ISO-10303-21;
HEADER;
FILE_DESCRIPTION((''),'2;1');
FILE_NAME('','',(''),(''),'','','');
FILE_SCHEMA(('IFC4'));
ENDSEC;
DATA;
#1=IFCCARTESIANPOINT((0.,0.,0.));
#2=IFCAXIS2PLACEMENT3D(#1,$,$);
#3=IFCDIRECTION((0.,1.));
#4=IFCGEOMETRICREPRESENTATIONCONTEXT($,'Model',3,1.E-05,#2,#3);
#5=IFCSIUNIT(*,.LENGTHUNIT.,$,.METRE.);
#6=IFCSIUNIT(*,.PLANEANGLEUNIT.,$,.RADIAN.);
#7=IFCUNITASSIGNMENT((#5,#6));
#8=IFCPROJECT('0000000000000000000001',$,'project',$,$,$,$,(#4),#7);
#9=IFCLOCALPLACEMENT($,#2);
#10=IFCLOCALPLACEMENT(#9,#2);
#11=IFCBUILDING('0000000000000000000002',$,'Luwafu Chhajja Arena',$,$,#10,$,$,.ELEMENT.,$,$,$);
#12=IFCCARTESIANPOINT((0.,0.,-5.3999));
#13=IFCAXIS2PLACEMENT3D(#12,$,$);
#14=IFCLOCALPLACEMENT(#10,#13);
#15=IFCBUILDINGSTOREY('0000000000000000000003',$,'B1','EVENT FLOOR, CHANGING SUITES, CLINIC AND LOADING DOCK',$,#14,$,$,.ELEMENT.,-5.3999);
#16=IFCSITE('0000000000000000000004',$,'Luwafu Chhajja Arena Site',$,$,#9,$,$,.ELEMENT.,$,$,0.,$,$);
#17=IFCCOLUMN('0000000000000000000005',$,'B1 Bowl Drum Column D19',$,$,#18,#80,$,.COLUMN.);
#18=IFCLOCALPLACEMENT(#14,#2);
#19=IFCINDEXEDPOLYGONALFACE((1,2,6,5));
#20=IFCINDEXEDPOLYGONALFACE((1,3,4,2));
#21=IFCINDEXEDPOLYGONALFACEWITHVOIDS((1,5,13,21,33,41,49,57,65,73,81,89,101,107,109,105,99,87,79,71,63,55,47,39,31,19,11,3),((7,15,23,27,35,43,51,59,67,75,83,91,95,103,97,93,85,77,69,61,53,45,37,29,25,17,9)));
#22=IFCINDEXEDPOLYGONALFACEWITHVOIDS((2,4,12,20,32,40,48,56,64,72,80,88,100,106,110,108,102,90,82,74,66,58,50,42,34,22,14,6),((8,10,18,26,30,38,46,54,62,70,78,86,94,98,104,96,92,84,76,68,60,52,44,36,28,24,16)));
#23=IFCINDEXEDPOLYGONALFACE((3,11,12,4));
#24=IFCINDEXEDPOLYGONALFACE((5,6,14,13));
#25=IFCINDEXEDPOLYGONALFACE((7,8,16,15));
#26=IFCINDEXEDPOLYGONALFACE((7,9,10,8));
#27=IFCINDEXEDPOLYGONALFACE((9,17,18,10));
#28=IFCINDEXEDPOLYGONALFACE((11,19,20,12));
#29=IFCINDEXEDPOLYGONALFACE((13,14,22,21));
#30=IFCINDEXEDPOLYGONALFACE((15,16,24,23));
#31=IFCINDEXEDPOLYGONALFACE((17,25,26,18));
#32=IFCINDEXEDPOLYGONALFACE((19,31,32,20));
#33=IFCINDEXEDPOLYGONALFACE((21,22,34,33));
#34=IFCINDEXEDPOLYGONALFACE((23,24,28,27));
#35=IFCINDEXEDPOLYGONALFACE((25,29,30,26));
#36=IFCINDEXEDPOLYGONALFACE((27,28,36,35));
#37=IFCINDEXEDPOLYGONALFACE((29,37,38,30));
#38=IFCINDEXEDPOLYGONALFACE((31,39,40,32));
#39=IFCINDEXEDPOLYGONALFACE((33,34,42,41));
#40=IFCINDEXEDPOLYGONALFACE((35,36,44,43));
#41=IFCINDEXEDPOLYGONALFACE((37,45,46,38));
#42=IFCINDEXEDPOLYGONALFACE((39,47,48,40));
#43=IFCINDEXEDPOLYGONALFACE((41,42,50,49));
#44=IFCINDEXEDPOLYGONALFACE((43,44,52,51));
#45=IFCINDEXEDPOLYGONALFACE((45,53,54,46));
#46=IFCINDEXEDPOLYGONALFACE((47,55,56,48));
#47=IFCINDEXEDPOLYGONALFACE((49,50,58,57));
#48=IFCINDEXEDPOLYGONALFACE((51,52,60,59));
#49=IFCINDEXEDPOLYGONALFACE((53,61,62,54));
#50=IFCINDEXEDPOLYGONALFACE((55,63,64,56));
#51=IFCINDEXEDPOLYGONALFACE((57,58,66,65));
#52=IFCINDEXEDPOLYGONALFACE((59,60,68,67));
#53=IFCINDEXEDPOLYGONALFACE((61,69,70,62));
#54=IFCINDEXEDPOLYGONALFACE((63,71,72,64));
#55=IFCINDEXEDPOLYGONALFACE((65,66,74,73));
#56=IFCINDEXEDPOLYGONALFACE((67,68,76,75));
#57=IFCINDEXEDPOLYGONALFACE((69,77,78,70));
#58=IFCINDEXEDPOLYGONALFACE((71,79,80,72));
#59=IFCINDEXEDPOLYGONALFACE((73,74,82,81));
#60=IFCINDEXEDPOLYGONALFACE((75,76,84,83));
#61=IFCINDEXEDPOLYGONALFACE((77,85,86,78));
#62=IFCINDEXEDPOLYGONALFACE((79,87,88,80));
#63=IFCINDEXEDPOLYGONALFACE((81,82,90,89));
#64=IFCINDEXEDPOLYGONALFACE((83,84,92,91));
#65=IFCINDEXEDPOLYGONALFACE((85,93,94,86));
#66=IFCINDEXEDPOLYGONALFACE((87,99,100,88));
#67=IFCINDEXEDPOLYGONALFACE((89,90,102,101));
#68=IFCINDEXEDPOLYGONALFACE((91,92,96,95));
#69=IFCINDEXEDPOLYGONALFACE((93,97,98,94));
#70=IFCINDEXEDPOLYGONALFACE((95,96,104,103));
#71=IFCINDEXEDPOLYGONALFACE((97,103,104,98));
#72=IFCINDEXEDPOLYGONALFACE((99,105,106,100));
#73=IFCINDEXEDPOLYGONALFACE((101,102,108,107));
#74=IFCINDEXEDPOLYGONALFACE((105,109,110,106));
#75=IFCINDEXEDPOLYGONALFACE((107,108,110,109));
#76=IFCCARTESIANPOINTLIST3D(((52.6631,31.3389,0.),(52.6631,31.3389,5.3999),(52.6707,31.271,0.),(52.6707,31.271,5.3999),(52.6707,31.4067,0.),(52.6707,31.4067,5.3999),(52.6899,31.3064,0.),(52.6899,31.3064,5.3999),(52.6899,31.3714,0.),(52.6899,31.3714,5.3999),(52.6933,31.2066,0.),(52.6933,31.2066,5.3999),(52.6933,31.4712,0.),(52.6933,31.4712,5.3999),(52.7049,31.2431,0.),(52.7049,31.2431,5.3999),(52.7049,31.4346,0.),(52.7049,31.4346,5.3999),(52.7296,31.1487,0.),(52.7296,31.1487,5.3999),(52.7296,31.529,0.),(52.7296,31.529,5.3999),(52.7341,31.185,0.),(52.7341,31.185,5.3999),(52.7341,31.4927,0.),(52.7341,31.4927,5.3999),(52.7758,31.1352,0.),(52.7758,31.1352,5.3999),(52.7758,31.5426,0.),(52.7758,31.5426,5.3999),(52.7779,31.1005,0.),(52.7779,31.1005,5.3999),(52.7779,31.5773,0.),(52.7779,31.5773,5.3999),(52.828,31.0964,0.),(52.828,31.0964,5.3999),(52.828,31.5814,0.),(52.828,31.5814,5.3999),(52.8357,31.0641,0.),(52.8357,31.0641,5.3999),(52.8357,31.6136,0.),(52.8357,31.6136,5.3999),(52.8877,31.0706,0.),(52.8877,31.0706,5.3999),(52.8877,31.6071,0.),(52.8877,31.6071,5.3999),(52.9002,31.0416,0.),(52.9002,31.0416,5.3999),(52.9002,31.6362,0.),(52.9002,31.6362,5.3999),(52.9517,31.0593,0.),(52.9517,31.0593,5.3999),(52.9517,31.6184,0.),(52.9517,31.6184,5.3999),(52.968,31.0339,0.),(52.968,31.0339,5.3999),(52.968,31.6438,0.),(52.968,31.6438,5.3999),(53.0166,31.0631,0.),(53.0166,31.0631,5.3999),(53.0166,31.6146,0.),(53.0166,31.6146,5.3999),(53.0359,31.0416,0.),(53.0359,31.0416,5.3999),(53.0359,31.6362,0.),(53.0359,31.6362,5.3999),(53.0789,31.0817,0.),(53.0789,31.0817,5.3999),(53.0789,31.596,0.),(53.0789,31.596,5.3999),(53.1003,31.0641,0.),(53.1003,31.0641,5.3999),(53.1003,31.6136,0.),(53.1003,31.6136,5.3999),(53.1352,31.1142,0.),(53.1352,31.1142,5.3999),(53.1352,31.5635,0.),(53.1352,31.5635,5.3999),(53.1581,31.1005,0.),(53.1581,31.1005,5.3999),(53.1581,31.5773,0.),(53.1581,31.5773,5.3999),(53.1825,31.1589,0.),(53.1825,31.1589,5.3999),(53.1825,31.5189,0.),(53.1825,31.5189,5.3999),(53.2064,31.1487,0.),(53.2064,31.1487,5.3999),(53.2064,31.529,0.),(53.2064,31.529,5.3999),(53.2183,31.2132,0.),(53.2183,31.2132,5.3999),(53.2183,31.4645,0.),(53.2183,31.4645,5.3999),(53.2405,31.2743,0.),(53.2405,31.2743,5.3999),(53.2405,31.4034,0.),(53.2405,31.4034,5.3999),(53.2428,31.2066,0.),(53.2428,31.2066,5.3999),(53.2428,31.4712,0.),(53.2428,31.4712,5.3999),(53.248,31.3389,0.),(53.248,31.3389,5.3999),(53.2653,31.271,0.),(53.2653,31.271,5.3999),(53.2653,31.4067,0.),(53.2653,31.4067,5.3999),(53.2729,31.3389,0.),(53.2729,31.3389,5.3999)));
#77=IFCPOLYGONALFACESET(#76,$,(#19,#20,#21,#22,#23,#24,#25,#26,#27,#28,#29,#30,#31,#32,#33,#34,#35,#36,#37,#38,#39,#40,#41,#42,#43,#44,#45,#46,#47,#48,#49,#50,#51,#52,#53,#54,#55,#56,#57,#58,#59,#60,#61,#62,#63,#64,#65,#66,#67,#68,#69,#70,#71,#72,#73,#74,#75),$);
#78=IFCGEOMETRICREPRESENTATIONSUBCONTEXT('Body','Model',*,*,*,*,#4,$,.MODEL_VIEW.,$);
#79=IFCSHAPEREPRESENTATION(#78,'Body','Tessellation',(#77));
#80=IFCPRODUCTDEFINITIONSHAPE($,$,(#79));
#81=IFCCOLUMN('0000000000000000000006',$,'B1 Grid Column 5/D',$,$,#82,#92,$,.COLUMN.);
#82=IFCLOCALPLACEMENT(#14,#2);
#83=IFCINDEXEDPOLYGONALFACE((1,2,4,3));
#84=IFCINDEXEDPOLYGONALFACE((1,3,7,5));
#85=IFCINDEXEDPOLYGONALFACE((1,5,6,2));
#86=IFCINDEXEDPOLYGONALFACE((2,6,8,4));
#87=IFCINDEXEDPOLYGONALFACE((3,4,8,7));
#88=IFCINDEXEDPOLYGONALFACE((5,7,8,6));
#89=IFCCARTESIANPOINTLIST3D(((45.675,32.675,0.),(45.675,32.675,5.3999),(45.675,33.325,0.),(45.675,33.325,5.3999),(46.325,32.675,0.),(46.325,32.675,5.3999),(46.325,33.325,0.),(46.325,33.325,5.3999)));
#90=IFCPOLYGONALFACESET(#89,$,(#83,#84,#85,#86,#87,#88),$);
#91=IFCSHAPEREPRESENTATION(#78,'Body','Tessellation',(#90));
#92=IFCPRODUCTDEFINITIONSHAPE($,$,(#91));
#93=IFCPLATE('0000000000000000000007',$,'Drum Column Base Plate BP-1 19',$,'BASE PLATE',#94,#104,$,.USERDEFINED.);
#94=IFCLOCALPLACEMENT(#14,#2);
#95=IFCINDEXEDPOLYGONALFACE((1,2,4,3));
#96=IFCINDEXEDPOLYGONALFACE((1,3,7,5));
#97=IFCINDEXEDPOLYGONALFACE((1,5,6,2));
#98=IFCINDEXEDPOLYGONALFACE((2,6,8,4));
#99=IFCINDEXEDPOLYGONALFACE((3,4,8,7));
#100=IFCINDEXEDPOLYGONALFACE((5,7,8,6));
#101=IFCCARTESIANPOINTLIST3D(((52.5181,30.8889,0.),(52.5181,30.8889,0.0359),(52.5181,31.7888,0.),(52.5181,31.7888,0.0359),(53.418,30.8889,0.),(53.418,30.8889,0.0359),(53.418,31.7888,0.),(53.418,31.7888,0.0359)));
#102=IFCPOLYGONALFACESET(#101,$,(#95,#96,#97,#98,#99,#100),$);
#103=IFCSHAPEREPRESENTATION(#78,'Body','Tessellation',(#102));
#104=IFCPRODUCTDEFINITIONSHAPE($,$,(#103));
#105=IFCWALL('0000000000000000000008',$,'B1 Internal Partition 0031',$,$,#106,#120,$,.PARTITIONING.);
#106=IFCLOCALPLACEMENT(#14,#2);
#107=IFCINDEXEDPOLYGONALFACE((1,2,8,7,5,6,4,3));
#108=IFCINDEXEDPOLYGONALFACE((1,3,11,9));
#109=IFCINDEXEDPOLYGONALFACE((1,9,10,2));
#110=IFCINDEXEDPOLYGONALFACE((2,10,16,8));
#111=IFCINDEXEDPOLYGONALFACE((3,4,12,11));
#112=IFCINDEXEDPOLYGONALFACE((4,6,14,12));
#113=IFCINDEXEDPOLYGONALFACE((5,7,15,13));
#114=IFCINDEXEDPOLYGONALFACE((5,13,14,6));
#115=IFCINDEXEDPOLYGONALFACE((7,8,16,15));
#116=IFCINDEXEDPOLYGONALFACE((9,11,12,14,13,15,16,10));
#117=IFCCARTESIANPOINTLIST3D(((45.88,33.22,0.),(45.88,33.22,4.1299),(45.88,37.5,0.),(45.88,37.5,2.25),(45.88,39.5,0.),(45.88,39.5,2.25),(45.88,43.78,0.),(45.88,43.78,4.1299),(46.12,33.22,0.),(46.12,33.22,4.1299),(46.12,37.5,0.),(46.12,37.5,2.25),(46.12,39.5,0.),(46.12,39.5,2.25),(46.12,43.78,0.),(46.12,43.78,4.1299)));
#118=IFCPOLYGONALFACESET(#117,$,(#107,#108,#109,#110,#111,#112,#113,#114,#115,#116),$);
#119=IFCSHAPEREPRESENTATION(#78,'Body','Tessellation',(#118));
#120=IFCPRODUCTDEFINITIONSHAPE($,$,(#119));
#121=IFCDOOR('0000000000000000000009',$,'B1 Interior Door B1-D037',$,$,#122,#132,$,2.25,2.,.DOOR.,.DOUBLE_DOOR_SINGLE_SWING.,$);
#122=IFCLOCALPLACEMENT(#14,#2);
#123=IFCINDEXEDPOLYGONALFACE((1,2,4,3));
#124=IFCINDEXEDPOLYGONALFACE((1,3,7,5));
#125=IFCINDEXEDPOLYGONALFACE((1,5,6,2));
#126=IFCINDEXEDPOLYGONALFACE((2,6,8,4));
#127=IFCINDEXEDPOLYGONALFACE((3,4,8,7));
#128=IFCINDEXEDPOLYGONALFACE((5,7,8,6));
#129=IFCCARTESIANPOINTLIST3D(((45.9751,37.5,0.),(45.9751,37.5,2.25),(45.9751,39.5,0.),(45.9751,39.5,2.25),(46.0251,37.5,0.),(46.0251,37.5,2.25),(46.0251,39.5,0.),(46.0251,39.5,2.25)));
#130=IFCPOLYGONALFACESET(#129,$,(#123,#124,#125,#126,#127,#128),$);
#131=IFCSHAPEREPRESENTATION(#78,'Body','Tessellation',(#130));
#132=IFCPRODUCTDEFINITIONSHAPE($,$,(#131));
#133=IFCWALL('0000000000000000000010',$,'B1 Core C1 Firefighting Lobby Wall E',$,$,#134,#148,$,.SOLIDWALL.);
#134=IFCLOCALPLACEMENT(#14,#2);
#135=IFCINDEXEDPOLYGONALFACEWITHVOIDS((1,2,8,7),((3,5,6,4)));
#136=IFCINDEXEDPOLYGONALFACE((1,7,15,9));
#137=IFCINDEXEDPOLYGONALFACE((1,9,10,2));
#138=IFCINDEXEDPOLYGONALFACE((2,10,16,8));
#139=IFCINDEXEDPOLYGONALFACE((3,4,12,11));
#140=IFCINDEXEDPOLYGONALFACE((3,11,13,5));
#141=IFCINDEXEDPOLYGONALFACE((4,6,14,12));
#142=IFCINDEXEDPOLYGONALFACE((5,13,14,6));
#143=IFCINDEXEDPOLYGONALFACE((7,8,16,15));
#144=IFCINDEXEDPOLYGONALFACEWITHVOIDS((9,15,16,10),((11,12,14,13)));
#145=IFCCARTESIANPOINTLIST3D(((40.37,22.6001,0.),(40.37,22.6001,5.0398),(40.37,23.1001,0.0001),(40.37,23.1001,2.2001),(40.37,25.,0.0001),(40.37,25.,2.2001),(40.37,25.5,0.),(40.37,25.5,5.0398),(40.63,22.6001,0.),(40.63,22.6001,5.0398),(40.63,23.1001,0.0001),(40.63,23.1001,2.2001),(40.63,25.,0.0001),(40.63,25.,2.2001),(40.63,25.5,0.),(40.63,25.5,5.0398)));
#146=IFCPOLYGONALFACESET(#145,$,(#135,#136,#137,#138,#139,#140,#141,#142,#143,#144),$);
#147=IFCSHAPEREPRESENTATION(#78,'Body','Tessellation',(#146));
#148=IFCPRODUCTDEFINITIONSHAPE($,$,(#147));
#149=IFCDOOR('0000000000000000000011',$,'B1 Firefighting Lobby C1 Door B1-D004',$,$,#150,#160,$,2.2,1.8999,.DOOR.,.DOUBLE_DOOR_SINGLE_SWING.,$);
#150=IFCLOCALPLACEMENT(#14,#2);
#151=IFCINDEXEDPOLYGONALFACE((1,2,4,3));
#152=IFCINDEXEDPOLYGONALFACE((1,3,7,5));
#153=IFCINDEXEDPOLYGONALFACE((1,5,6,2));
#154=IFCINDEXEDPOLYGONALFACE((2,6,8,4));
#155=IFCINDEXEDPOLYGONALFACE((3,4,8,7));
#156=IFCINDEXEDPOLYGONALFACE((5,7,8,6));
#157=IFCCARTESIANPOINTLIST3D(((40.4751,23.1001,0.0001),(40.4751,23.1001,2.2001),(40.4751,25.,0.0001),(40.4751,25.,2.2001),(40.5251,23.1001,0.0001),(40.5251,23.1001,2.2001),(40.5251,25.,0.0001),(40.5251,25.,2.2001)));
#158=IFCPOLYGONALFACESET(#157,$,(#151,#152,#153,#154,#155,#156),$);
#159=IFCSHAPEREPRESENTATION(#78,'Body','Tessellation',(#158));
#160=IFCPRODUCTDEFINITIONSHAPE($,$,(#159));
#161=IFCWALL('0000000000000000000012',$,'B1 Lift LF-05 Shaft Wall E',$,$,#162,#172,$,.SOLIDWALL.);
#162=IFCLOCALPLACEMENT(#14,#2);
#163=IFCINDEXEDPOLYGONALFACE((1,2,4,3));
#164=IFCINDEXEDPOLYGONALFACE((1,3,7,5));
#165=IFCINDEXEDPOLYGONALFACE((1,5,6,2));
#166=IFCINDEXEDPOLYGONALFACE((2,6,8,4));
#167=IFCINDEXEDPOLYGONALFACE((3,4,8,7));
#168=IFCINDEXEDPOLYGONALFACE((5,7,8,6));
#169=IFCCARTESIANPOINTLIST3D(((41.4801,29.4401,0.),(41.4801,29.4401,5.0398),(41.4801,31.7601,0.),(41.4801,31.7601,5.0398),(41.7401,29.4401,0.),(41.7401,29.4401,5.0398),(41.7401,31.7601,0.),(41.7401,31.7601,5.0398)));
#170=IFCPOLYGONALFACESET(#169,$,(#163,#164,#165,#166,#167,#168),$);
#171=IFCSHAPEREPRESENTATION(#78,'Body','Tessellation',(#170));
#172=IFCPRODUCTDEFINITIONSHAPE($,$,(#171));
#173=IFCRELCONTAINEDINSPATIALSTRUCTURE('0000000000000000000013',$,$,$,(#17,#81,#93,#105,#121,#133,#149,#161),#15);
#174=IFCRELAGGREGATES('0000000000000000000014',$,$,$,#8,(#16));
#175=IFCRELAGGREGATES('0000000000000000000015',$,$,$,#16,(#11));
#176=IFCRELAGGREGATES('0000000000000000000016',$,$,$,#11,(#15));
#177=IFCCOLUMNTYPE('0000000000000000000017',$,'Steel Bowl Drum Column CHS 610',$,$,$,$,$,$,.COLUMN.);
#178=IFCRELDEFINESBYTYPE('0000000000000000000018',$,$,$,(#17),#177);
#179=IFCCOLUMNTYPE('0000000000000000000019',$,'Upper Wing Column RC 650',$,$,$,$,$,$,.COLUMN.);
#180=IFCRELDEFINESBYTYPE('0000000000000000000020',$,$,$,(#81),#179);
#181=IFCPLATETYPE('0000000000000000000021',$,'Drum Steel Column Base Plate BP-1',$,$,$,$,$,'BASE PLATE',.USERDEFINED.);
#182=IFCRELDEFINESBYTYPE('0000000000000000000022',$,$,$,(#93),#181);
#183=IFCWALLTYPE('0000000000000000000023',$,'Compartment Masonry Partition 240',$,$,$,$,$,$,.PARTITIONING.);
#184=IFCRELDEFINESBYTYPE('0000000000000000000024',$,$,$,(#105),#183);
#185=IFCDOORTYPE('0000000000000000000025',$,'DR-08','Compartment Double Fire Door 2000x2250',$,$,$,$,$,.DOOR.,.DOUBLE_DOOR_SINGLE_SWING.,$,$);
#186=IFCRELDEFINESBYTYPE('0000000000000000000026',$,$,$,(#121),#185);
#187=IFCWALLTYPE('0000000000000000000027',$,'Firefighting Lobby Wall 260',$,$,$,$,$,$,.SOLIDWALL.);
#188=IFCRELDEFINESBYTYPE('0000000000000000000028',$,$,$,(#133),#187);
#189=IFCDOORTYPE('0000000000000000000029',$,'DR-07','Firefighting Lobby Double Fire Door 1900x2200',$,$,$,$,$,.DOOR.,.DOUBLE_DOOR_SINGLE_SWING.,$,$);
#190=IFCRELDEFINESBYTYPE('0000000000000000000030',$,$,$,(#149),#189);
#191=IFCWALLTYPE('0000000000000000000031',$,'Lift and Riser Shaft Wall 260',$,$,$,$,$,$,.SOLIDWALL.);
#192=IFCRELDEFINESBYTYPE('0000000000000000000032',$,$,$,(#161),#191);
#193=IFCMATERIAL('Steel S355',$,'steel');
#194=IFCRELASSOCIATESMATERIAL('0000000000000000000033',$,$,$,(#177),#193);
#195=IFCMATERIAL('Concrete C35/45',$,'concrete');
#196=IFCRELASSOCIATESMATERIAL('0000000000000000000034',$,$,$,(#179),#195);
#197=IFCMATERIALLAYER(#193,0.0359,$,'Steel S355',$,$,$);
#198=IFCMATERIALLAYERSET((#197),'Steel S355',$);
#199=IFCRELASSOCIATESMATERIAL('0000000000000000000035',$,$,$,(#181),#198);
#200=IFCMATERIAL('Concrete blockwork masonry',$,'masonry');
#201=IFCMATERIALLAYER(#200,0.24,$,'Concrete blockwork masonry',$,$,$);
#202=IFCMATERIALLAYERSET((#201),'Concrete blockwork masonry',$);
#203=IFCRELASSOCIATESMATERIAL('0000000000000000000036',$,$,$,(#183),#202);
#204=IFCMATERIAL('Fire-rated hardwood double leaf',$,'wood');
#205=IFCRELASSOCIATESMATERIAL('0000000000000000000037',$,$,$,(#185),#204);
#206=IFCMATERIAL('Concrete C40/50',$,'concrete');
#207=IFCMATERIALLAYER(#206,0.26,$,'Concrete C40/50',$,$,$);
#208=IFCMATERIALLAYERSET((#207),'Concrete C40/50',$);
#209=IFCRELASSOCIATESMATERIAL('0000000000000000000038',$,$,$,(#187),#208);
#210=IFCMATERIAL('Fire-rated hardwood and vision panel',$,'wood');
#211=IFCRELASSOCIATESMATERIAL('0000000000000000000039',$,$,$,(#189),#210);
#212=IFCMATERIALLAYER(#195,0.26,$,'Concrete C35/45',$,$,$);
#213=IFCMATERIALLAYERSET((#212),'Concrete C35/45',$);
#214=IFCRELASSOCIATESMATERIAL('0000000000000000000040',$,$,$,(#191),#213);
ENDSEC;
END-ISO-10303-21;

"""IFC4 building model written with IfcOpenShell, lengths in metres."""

from ifc_helpers import new_model, si_unit, direction, frame, frame_2d, origin, origin_2d, place, context, subcontext, project, spatial, rectangle, hollow_circle, extrude, material, layer, layer_set, material_profile, profile_set, type_object, element, fill, save


model = new_model("IFC4")

# Units and contexts
model_context = context("Model", 3, precision=1e-05, world=origin(), true_north=direction((0.0, 1.0)))
body_context = subcontext(model_context, "Body", "Model", "MODEL_VIEW")
ifc_project = project(units=[si_unit("LENGTHUNIT", "METRE"), si_unit("PLANEANGLEUNIT", "RADIAN")], contexts=[model_context])

# Site, building, storey
site_placement = place(None, origin())
site = spatial("IfcSite", under=ifc_project, at=site_placement, Name="Luwafu Chhajja Arena Site", CompositionType="ELEMENT", RefElevation=0.0)
building_placement = place(site_placement, origin())
building = spatial("IfcBuilding", under=site, at=building_placement, Name="Luwafu Chhajja Arena", CompositionType="ELEMENT")
storey_placement = place(building_placement, frame((0.0, 0.0, -5.3999)))
storey = spatial("IfcBuildingStorey", under=building, at=storey_placement, Name="B1", Description="EVENT FLOOR, CHANGING SUITES, CLINIC AND LOADING DOCK", CompositionType="ELEMENT", Elevation=-5.3999)

# Shared definitions
ifc_material_1 = material(Name="Concrete C35/45", Category="concrete")

# Columns
ifc_material_2 = material(Name="Steel S355", Category="steel")
ifc_material_profile_1 = material_profile(ifc_material_2, hollow_circle(Radius=0.3049, WallThickness=0.0249, at=origin_2d()), Name="CHS 610x25")
ifc_profile_set_1 = profile_set([ifc_material_profile_1], Name="Steel S355")
column_type_1 = type_object("IfcColumnType", Name="Steel Bowl Drum Column CHS 610", PredefinedType="COLUMN", material=ifc_profile_set_1)
column_1_placement = place(storey_placement, frame((52.968, 31.3389, 0.0), z_axis=(0.0, 0.0, 1.0), x_axis=(1.0, 0.0, 0.0)))
element("IfcColumn", 1, at=column_1_placement, inside=storey, type_object=column_type_1, Name="B1 Bowl Drum Column D19", PredefinedType="COLUMN", context=body_context, shape_type="SweptSolid", body=[
    extrude(hollow_circle(Radius=0.3049, WallThickness=0.0249, at=origin_2d()), origin(), (0.0, 0.0, 1.0), 5.3999),
])
ifc_material_profile_2 = material_profile(ifc_material_1, rectangle(XDim=0.6499, YDim=0.6499, at=origin_2d()), Name="RC 650x650")
ifc_profile_set_2 = profile_set([ifc_material_profile_2], Name="Concrete C35/45")
column_type_2 = type_object("IfcColumnType", Name="Upper Wing Column RC 650", PredefinedType="COLUMN", material=ifc_profile_set_2)
column_2_placement = place(storey_placement, frame((46.0, 33.0, 0.0), z_axis=(0.0, 0.0, 1.0), x_axis=(1.0, 0.0, 0.0)))
element("IfcColumn", 2, at=column_2_placement, inside=storey, type_object=column_type_2, Name="B1 Grid Column 5/D", PredefinedType="COLUMN", context=body_context, shape_type="SweptSolid", body=[
    extrude(rectangle(XDim=0.6499, YDim=0.6499, at=origin_2d()), origin(), (0.0, 0.0, 1.0), 5.3999),
])

# Plate
ifc_layer_1 = layer(ifc_material_2, 0.0359, Name="Steel S355")
ifc_layer_set_1 = layer_set([ifc_layer_1], Name="Steel S355")
plate_type = type_object("IfcPlateType", Name="Drum Steel Column Base Plate BP-1", ElementType="BASE PLATE", PredefinedType="USERDEFINED", material=ifc_layer_set_1)
plate_placement = place(storey_placement, frame((52.968, 31.3389, 0.0), z_axis=(0.0, 0.0, 1.0), x_axis=(1.0, 0.0, 0.0)))
element("IfcPlate", 3, at=plate_placement, inside=storey, type_object=plate_type, Name="Drum Column Base Plate BP-1 19", ObjectType="BASE PLATE", PredefinedType="USERDEFINED", context=body_context, shape_type="SweptSolid", body=[
    extrude(rectangle(XDim=0.8999, YDim=0.8999, at=origin_2d()), origin(), (0.0, 0.0, 1.0), 0.0359),
])

# Walls, openings, doors
ifc_material_3 = material(Name="Concrete blockwork masonry", Category="masonry")
ifc_layer_2 = layer(ifc_material_3, 0.24, Name="Concrete blockwork masonry")
ifc_layer_set_2 = layer_set([ifc_layer_2], Name="Concrete blockwork masonry")
wall_type_1 = type_object("IfcWallType", Name="Compartment Masonry Partition 240", PredefinedType="PARTITIONING", material=ifc_layer_set_2)
wall_1_placement = place(storey_placement, frame((46.0, 33.22, 0.0), z_axis=(0.0, 0.0, 1.0), x_axis=(0.0, 1.0, 0.0)))
wall_1 = element("IfcWall", 4, at=wall_1_placement, inside=storey, type_object=wall_type_1, Name="B1 Internal Partition 0031", PredefinedType="PARTITIONING", context=body_context, shape_type="SweptSolid", body=[
    extrude(rectangle(XDim=10.5601, YDim=0.24, at=frame_2d((5.28, 0.0))), origin(), (0.0, 0.0, 1.0), 4.1299),
])
opening_1_placement = place(wall_1_placement, frame((4.28, 0.0, 0.0)))
opening_1 = element("IfcOpeningElement", 5, at=opening_1_placement, cuts=wall_1, PredefinedType="OPENING", context=body_context, shape_type="SweptSolid", body=[
    extrude(rectangle(XDim=2.0, YDim=2.25, at=frame_2d((1.0, 1.125))), frame((0.0, 0.1299, 0.0), z_axis=(0.0, -1.0, 0.0), x_axis=(1.0, 0.0, 0.0)), (0.0, 0.0, 1.0), 0.26),
])
ifc_material_4 = material(Name="Fire-rated hardwood double leaf", Category="wood")
door_type_1 = type_object("IfcDoorType", Name="DR-08", Description="Compartment Double Fire Door 2000x2250", OperationType="DOUBLE_DOOR_SINGLE_SWING", PredefinedType="DOOR", material=ifc_material_4)
door_1_placement = place(opening_1_placement, origin())
door_1 = element("IfcDoor", 6, at=door_1_placement, inside=storey, type_object=door_type_1, Name="B1 Interior Door B1-D037", OperationType="DOUBLE_DOOR_SINGLE_SWING", OverallHeight=2.25, OverallWidth=2.0, PredefinedType="DOOR", context=body_context, shape_type="SweptSolid", body=[
    extrude(rectangle(XDim=2.0, YDim=2.25, at=frame_2d((1.0, 1.125))), frame((0.0, 0.0249, 0.0), z_axis=(0.0, -1.0, 0.0), x_axis=(1.0, 0.0, 0.0)), (0.0, 0.0, 1.0), 0.05),
])
fill(opening_1, door_1)
ifc_material_5 = material(Name="Concrete C40/50", Category="concrete")
ifc_layer_3 = layer(ifc_material_5, 0.26, Name="Concrete C40/50")
ifc_layer_set_3 = layer_set([ifc_layer_3], Name="Concrete C40/50")
wall_type_2 = type_object("IfcWallType", Name="Firefighting Lobby Wall 260", PredefinedType="SOLIDWALL", material=ifc_layer_set_3)
wall_2_placement = place(storey_placement, frame((40.5, 22.6001, 0.0), z_axis=(0.0, 0.0, 1.0), x_axis=(0.0, 1.0, 0.0)))
wall_2 = element("IfcWall", 7, at=wall_2_placement, inside=storey, type_object=wall_type_2, Name="B1 Core C1 Firefighting Lobby Wall E", PredefinedType="SOLIDWALL", context=body_context, shape_type="SweptSolid", body=[
    extrude(rectangle(XDim=2.8999, YDim=0.26, at=frame_2d((1.45, 0.0))), origin(), (0.0, 0.0, 1.0), 5.0398),
])
opening_2_placement = place(wall_2_placement, frame((0.5, 0.0, 0.0)))
opening_2 = element("IfcOpeningElement", 8, at=opening_2_placement, cuts=wall_2, PredefinedType="OPENING", context=body_context, shape_type="SweptSolid", body=[
    extrude(rectangle(XDim=1.8999, YDim=2.2, at=frame_2d((0.95, 1.1001))), frame((0.0, 0.1399, 0.0), z_axis=(0.0, -1.0, 0.0), x_axis=(1.0, 0.0, 0.0)), (0.0, 0.0, 1.0), 0.28),
])
ifc_material_6 = material(Name="Fire-rated hardwood and vision panel", Category="wood")
door_type_2 = type_object("IfcDoorType", Name="DR-07", Description="Firefighting Lobby Double Fire Door 1900x2200", OperationType="DOUBLE_DOOR_SINGLE_SWING", PredefinedType="DOOR", material=ifc_material_6)
door_2_placement = place(opening_2_placement, origin())
door_2 = element("IfcDoor", 9, at=door_2_placement, inside=storey, type_object=door_type_2, Name="B1 Firefighting Lobby C1 Door B1-D004", OperationType="DOUBLE_DOOR_SINGLE_SWING", OverallHeight=2.2, OverallWidth=1.8999, PredefinedType="DOOR", context=body_context, shape_type="SweptSolid", body=[
    extrude(rectangle(XDim=1.8999, YDim=2.2, at=frame_2d((0.95, 1.1001))), frame((0.0, 0.0249, 0.0), z_axis=(0.0, -1.0, 0.0), x_axis=(1.0, 0.0, 0.0)), (0.0, 0.0, 1.0), 0.05),
])
fill(opening_2, door_2)

# Wall
ifc_layer_4 = layer(ifc_material_1, 0.26, Name="Concrete C35/45")
ifc_layer_set_4 = layer_set([ifc_layer_4], Name="Concrete C35/45")
wall_type_3 = type_object("IfcWallType", Name="Lift and Riser Shaft Wall 260", PredefinedType="SOLIDWALL", material=ifc_layer_set_4)
wall_3_placement = place(storey_placement, frame((41.6101, 29.4399, 0.0), z_axis=(0.0, 0.0, 1.0), x_axis=(0.0, 1.0, 0.0)))
element("IfcWall", 10, at=wall_3_placement, inside=storey, type_object=wall_type_3, Name="B1 Lift LF-05 Shaft Wall E", PredefinedType="SOLIDWALL", context=body_context, shape_type="SweptSolid", body=[
    extrude(rectangle(XDim=2.3201, YDim=0.26, at=frame_2d((1.1602, 0.0))), origin(), (0.0, 0.0, 1.0), 5.0398),
])

save(model, "model.ifc")
